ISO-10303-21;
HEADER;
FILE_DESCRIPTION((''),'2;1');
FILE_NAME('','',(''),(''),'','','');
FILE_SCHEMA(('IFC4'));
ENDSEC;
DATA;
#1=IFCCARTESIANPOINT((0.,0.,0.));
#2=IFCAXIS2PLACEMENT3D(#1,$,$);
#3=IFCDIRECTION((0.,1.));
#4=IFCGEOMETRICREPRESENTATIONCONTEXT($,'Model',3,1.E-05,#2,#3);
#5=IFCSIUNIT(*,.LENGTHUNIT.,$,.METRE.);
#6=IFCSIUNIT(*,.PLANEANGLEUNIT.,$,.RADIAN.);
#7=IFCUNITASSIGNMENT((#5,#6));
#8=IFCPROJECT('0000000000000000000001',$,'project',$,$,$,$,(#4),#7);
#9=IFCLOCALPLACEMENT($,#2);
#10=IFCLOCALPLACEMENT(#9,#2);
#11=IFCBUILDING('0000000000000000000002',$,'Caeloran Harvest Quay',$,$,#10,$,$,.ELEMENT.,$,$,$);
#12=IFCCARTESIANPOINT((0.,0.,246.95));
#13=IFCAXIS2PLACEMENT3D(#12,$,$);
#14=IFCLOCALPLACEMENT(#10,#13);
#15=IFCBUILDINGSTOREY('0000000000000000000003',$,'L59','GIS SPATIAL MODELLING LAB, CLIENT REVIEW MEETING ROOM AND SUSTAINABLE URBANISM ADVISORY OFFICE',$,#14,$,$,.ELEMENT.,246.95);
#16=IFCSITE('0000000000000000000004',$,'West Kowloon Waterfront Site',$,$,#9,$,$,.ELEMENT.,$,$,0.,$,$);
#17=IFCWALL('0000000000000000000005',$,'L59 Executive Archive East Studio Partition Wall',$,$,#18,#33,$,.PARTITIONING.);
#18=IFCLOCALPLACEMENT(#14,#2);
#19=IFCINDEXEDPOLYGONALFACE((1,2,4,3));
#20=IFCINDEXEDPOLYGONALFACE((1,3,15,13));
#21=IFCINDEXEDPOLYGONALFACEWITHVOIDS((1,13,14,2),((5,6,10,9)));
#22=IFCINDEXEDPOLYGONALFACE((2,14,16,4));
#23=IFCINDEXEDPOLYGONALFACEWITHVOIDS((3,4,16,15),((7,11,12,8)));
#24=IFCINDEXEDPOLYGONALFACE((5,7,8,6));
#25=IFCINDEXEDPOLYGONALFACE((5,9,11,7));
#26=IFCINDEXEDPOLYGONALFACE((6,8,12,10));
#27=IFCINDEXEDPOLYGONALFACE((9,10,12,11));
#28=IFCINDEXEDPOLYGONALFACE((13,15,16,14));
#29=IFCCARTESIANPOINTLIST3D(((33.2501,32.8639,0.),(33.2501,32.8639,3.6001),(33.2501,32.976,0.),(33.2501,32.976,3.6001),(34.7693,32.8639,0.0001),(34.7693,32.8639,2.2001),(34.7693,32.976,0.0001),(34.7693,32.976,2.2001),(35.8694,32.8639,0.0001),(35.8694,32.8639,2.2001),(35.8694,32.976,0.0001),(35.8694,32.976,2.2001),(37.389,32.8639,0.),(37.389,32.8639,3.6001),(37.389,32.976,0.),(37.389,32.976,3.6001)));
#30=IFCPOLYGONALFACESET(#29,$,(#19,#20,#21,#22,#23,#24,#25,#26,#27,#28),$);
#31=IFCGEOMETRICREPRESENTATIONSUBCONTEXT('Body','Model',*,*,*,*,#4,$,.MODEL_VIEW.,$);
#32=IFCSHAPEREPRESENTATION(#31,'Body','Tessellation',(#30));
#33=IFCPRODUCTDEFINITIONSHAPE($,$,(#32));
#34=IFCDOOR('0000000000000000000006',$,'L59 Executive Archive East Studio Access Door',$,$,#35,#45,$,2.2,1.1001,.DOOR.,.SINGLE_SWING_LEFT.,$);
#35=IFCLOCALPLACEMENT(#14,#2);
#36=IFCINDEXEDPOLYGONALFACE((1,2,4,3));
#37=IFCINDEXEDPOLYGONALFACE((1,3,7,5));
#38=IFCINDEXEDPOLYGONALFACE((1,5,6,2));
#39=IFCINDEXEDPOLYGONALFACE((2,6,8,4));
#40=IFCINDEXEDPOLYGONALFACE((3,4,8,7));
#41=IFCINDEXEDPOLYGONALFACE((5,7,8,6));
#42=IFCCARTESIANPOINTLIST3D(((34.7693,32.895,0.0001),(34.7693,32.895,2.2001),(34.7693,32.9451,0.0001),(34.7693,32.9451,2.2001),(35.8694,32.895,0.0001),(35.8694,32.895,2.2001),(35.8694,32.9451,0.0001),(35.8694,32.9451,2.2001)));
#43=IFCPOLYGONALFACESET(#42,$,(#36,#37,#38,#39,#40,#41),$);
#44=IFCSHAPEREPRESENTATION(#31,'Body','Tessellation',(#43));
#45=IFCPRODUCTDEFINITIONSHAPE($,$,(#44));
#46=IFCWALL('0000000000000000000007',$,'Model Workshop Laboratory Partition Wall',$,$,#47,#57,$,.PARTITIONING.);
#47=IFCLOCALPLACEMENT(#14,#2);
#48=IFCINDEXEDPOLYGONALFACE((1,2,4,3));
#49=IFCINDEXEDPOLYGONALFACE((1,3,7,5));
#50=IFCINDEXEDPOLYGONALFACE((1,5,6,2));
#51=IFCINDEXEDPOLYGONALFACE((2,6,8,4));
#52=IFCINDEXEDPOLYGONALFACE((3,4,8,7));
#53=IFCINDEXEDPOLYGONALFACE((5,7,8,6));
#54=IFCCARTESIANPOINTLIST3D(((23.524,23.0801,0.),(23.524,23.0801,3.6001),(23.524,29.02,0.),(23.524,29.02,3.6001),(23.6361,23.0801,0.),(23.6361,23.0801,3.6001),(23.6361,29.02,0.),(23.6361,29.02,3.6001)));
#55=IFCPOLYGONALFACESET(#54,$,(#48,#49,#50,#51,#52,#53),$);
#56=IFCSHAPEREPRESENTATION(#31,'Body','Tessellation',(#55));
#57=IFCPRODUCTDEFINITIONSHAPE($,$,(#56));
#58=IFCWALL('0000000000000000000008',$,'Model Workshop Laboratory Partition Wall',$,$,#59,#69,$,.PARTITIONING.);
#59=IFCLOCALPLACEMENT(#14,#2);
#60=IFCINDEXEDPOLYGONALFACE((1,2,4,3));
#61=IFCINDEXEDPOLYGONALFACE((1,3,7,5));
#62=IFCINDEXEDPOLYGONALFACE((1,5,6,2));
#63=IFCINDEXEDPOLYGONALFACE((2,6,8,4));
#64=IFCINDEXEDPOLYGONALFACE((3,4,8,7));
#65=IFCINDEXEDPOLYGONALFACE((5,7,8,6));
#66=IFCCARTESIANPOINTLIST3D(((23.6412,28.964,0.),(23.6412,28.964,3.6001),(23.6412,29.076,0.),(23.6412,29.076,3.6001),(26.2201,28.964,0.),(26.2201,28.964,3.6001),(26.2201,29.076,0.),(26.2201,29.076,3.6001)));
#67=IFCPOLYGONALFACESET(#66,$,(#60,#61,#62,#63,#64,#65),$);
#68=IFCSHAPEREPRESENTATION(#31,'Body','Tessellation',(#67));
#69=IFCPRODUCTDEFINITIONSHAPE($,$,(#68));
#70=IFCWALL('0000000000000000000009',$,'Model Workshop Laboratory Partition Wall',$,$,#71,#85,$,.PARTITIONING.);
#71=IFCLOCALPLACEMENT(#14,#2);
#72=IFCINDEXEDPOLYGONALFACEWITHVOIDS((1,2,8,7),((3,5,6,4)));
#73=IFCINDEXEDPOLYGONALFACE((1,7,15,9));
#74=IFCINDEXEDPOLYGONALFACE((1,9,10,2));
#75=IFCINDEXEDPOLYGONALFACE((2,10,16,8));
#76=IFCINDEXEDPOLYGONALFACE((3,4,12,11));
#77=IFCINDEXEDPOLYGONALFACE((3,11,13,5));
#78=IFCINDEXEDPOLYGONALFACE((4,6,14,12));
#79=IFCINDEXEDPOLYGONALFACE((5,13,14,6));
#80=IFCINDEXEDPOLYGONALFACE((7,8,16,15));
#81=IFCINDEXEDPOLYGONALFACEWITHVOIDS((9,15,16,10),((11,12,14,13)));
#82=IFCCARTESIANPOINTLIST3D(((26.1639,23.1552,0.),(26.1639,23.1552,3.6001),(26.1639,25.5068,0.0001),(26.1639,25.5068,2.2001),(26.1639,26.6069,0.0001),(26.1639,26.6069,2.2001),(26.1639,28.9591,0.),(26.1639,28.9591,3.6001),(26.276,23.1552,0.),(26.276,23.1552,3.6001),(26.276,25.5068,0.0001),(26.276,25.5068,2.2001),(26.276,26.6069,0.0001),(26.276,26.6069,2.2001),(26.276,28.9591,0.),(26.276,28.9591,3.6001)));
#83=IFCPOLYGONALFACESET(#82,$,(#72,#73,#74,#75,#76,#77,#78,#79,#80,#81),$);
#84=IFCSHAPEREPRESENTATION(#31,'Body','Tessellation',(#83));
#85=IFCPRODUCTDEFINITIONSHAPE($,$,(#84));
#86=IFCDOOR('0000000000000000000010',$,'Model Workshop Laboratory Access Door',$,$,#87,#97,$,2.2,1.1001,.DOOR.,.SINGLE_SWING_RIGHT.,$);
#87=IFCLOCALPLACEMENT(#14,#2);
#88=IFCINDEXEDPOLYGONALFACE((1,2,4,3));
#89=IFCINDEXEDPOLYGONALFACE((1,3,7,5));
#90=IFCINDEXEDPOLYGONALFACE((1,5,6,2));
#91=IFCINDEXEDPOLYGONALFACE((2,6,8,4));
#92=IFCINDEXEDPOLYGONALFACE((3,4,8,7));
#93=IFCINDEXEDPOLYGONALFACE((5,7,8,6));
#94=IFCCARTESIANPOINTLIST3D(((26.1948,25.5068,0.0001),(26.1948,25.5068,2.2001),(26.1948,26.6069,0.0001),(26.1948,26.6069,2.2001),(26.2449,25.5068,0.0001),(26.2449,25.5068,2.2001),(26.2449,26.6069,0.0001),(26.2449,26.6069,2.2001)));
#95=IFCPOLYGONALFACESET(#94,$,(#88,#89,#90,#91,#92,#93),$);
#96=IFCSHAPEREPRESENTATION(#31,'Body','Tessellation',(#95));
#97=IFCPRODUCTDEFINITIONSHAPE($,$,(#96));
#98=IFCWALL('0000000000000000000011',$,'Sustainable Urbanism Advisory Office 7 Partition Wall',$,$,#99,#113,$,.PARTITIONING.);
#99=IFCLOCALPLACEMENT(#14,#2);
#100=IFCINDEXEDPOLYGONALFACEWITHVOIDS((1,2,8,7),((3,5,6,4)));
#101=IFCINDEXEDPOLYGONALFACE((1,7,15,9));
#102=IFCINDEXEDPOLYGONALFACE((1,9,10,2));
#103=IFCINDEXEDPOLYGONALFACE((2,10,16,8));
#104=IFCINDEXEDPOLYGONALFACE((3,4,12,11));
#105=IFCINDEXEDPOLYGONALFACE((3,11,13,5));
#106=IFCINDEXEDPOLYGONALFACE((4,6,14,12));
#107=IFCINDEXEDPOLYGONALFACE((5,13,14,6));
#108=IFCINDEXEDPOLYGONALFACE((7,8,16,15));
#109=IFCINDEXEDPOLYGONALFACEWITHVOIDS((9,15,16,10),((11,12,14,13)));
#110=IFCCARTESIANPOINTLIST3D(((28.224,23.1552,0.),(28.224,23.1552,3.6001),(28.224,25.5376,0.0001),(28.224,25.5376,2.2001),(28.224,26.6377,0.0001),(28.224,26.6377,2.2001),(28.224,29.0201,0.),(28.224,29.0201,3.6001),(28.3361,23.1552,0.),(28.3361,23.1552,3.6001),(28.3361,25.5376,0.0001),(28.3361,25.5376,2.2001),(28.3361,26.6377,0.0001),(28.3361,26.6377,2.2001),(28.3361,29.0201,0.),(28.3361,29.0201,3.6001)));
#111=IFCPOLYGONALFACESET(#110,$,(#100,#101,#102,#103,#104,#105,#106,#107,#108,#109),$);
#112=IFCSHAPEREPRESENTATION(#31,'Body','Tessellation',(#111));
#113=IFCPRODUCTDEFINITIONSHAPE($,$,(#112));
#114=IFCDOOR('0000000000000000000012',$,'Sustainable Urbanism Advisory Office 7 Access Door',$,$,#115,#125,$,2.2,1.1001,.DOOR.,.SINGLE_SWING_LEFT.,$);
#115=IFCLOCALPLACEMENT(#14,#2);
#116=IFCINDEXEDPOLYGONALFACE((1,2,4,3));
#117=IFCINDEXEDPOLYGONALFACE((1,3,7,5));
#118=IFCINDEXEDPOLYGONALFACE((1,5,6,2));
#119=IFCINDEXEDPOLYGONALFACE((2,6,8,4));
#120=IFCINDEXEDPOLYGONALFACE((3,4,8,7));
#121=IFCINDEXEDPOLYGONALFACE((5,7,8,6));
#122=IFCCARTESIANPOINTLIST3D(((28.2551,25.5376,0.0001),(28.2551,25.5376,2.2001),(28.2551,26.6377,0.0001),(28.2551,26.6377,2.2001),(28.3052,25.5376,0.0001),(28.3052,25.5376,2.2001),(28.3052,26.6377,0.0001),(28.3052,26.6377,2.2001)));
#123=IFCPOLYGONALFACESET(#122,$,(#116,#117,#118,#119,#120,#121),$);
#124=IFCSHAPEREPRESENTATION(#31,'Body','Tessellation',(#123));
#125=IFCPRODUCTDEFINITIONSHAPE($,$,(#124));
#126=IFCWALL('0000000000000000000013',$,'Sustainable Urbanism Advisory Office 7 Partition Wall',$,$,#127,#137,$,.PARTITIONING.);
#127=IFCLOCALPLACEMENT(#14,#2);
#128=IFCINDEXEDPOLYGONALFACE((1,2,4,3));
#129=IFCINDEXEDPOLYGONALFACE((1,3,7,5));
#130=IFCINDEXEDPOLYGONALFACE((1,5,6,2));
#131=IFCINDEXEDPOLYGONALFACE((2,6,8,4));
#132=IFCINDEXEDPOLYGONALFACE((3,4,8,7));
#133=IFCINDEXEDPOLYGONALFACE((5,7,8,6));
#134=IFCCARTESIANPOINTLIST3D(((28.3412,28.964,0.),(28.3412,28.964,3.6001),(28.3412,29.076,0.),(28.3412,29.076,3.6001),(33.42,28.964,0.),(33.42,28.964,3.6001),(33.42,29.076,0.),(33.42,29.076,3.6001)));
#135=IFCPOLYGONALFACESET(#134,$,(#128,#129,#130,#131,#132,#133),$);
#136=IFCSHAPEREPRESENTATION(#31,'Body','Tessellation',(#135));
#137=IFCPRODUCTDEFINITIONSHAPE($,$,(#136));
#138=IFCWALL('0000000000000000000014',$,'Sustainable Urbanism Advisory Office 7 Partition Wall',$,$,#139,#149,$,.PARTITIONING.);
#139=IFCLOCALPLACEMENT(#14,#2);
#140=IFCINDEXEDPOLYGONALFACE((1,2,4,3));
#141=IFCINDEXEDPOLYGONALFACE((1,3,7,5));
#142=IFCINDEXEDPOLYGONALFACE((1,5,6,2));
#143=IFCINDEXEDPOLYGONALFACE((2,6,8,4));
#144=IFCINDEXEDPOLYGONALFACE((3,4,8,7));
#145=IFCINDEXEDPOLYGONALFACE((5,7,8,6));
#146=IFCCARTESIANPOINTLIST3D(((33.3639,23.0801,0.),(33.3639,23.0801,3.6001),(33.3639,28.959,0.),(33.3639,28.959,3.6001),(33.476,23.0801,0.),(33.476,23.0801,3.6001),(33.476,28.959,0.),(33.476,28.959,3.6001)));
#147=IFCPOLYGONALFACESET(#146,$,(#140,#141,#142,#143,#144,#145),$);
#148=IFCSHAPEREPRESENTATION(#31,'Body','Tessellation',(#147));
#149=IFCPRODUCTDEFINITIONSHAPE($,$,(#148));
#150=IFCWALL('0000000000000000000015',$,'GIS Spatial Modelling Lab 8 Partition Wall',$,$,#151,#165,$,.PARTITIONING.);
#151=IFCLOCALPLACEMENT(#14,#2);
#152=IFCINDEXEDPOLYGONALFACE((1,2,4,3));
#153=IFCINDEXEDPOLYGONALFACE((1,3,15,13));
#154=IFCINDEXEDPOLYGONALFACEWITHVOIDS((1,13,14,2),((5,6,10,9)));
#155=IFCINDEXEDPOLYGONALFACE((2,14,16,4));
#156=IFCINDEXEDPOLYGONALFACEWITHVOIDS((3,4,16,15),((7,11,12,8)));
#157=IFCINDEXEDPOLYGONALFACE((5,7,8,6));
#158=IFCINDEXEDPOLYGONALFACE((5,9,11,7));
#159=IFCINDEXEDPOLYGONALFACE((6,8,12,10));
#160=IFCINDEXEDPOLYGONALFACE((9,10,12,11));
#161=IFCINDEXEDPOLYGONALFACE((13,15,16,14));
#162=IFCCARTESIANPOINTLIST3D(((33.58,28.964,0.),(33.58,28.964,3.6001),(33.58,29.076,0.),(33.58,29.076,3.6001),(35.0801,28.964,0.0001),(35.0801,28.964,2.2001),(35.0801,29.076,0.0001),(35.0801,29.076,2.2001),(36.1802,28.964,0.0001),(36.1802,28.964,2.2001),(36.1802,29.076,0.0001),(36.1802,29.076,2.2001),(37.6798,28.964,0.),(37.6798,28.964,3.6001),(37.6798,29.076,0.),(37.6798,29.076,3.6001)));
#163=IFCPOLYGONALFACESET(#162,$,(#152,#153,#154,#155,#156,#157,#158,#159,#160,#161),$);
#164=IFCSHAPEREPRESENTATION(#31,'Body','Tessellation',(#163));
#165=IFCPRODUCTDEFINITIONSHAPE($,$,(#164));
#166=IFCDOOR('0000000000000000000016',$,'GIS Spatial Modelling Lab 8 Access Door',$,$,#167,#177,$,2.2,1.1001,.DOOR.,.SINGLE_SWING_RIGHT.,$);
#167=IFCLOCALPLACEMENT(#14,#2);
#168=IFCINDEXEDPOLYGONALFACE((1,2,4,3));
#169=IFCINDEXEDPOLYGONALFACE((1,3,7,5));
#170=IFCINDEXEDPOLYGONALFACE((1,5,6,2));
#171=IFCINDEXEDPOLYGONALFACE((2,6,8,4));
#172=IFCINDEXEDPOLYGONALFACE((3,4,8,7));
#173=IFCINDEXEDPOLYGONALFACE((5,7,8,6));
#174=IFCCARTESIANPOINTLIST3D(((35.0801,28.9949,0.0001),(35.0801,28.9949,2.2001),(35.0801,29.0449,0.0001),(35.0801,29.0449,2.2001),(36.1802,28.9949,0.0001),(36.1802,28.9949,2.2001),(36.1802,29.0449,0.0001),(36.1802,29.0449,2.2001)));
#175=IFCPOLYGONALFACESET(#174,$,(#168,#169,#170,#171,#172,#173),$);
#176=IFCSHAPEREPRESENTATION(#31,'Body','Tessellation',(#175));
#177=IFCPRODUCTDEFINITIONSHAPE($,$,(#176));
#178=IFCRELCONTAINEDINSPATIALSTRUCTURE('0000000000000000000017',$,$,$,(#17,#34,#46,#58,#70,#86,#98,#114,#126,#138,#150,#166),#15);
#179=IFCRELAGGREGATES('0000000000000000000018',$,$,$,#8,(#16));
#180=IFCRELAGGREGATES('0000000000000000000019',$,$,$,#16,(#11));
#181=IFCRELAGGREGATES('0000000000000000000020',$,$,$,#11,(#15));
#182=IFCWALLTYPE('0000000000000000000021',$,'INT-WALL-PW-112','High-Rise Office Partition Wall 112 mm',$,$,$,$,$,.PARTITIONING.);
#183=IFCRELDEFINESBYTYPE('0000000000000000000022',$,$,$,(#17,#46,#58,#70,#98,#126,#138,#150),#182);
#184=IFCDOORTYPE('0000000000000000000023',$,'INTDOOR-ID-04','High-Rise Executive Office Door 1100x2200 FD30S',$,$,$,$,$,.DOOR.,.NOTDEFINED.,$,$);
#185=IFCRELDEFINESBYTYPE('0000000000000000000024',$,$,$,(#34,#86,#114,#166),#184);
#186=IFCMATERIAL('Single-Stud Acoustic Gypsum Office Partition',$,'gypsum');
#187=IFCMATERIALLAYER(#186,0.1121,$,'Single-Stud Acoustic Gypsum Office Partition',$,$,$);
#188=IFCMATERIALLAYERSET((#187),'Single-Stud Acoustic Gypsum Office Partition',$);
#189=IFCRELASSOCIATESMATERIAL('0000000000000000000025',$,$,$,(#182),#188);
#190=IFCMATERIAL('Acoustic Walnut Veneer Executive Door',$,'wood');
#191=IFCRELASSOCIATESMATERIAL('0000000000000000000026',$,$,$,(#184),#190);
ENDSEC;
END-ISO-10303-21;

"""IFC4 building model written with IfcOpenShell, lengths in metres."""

from ifc_helpers import new_model, si_unit, direction, frame, frame_2d, origin, place, context, subcontext, project, spatial, rectangle, extrude, material, layer, layer_set, type_object, element, fill, save


model = new_model("IFC4")

# Units and contexts
model_context = context("Model", 3, precision=1e-05, world=origin(), true_north=direction((0.0, 1.0)))
body_context = subcontext(model_context, "Body", "Model", "MODEL_VIEW")
ifc_project = project(units=[si_unit("LENGTHUNIT", "METRE"), si_unit("PLANEANGLEUNIT", "RADIAN")], contexts=[model_context])

# Site, building, storey
site_placement = place(None, origin())
site = spatial("IfcSite", under=ifc_project, at=site_placement, Name="West Kowloon Waterfront Site", CompositionType="ELEMENT", RefElevation=0.0)
building_placement = place(site_placement, origin())
building = spatial("IfcBuilding", under=site, at=building_placement, Name="Caeloran Harvest Quay", CompositionType="ELEMENT")
storey_placement = place(building_placement, frame((0.0, 0.0, 246.95)))
storey = spatial("IfcBuildingStorey", under=building, at=storey_placement, Name="L59", Description="GIS SPATIAL MODELLING LAB, CLIENT REVIEW MEETING ROOM AND SUSTAINABLE URBANISM ADVISORY OFFICE", CompositionType="ELEMENT", Elevation=246.95)

# Shared definitions
ifc_material_1 = material(Name="Single-Stud Acoustic Gypsum Office Partition", Category="gypsum")
ifc_layer_1 = layer(ifc_material_1, 0.1121, Name="Single-Stud Acoustic Gypsum Office Partition")
ifc_layer_set_1 = layer_set([ifc_layer_1], Name="Single-Stud Acoustic Gypsum Office Partition")
wall_type_1 = type_object("IfcWallType", Name="INT-WALL-PW-112", Description="High-Rise Office Partition Wall 112 mm", PredefinedType="PARTITIONING", material=ifc_layer_set_1)
ifc_material_2 = material(Name="Acoustic Walnut Veneer Executive Door", Category="wood")
door_type_1 = type_object("IfcDoorType", Name="INTDOOR-ID-04", Description="High-Rise Executive Office Door 1100x2200 FD30S", OperationType="NOTDEFINED", PredefinedType="DOOR", material=ifc_material_2)

# Wall, opening, door
wall_1_placement = place(storey_placement, frame((37.3889, 32.9199, 0.0), z_axis=(0.0, 0.0, 1.0), x_axis=(-1.0, 0.0, 0.0)))
wall_1 = element("IfcWall", 1, at=wall_1_placement, inside=storey, type_object=wall_type_1, Name="L59 Executive Archive East Studio Partition Wall", PredefinedType="PARTITIONING", context=body_context, shape_type="SweptSolid", body=[
    extrude(rectangle(XDim=4.1389, YDim=0.1121, at=frame_2d((2.0693, 0.0))), origin(), (0.0, 0.0, 1.0), 3.6001),
])
opening_1_placement = place(wall_1_placement, frame((1.5195, 0.0, 0.0)))
opening_1 = element("IfcOpeningElement", 2, at=opening_1_placement, cuts=wall_1, PredefinedType="OPENING", context=body_context, shape_type="SweptSolid", body=[
    extrude(rectangle(XDim=1.1001, YDim=2.2, at=frame_2d((0.55, 1.1001))), frame((0.0, 0.0659, 0.0), z_axis=(0.0, -1.0, 0.0), x_axis=(1.0, 0.0, 0.0)), (0.0, 0.0, 1.0), 0.1321),
])
door_1_placement = place(opening_1_placement, origin())
door_1 = element("IfcDoor", 3, at=door_1_placement, inside=storey, type_object=door_type_1, Name="L59 Executive Archive East Studio Access Door", OperationType="SINGLE_SWING_LEFT", OverallHeight=2.2, OverallWidth=1.1001, PredefinedType="DOOR", context=body_context, shape_type="SweptSolid", body=[
    extrude(rectangle(XDim=1.1001, YDim=2.2, at=frame_2d((0.55, 1.1001))), frame((0.0, 0.0249, 0.0), z_axis=(0.0, -1.0, 0.0), x_axis=(1.0, 0.0, 0.0)), (0.0, 0.0, 1.0), 0.05),
])
fill(opening_1, door_1)

# Walls
wall_2_placement = place(storey_placement, frame((23.5801, 23.0801, 0.0), z_axis=(0.0, 0.0, 1.0), x_axis=(0.0, 1.0, 0.0)))
element("IfcWall", 4, at=wall_2_placement, inside=storey, type_object=wall_type_1, Name="Model Workshop Laboratory Partition Wall", PredefinedType="PARTITIONING", context=body_context, shape_type="SweptSolid", body=[
    extrude(rectangle(XDim=5.9399, YDim=0.1121, at=frame_2d((2.97, 0.0))), origin(), (0.0, 0.0, 1.0), 3.6001),
])
wall_3_placement = place(storey_placement, frame((23.6411, 29.02, 0.0), z_axis=(0.0, 0.0, 1.0), x_axis=(1.0, 0.0, 0.0)))
element("IfcWall", 5, at=wall_3_placement, inside=storey, type_object=wall_type_1, Name="Model Workshop Laboratory Partition Wall", PredefinedType="PARTITIONING", context=body_context, shape_type="SweptSolid", body=[
    extrude(rectangle(XDim=2.5789, YDim=0.1121, at=frame_2d((1.2896, 0.0))), origin(), (0.0, 0.0, 1.0), 3.6001),
])

# Walls, openings, doors
wall_4_placement = place(storey_placement, frame((26.22, 28.959, 0.0), z_axis=(0.0, 0.0, 1.0), x_axis=(0.0, -1.0, 0.0)))
wall_4 = element("IfcWall", 6, at=wall_4_placement, inside=storey, type_object=wall_type_1, Name="Model Workshop Laboratory Partition Wall", PredefinedType="PARTITIONING", context=body_context, shape_type="SweptSolid", body=[
    extrude(rectangle(XDim=5.804, YDim=0.1121, at=frame_2d((2.9019, 0.0))), origin(), (0.0, 0.0, 1.0), 3.6001),
])
opening_2_placement = place(wall_4_placement, frame((2.3521, 0.0, 0.0)))
opening_2 = element("IfcOpeningElement", 7, at=opening_2_placement, cuts=wall_4, PredefinedType="OPENING", context=body_context, shape_type="SweptSolid", body=[
    extrude(rectangle(XDim=1.1001, YDim=2.2, at=frame_2d((0.55, 1.1001))), frame((0.0, 0.0659, 0.0), z_axis=(0.0, -1.0, 0.0), x_axis=(1.0, 0.0, 0.0)), (0.0, 0.0, 1.0), 0.1321),
])
door_2_placement = place(opening_2_placement, origin())
door_2 = element("IfcDoor", 8, at=door_2_placement, inside=storey, type_object=door_type_1, Name="Model Workshop Laboratory Access Door", OperationType="SINGLE_SWING_RIGHT", OverallHeight=2.2, OverallWidth=1.1001, PredefinedType="DOOR", context=body_context, shape_type="SweptSolid", body=[
    extrude(rectangle(XDim=1.1001, YDim=2.2, at=frame_2d((0.55, 1.1001))), frame((0.0, 0.0249, 0.0), z_axis=(0.0, -1.0, 0.0), x_axis=(1.0, 0.0, 0.0)), (0.0, 0.0, 1.0), 0.05),
])
fill(opening_2, door_2)
wall_5_placement = place(storey_placement, frame((28.28, 23.155, 0.0), z_axis=(0.0, 0.0, 1.0), x_axis=(0.0, 1.0, 0.0)))
wall_5 = element("IfcWall", 9, at=wall_5_placement, inside=storey, type_object=wall_type_1, Name="Sustainable Urbanism Advisory Office 7 Partition Wall", PredefinedType="PARTITIONING", context=body_context, shape_type="SweptSolid", body=[
    extrude(rectangle(XDim=5.865, YDim=0.1121, at=frame_2d((2.9326, 0.0))), origin(), (0.0, 0.0, 1.0), 3.6001),
])
opening_3_placement = place(wall_5_placement, frame((2.3826, 0.0, 0.0)))
opening_3 = element("IfcOpeningElement", 10, at=opening_3_placement, cuts=wall_5, PredefinedType="OPENING", context=body_context, shape_type="SweptSolid", body=[
    extrude(rectangle(XDim=1.1001, YDim=2.2, at=frame_2d((0.55, 1.1001))), frame((0.0, 0.0659, 0.0), z_axis=(0.0, -1.0, 0.0), x_axis=(1.0, 0.0, 0.0)), (0.0, 0.0, 1.0), 0.1321),
])
door_3_placement = place(opening_3_placement, origin())
door_3 = element("IfcDoor", 11, at=door_3_placement, inside=storey, type_object=door_type_1, Name="Sustainable Urbanism Advisory Office 7 Access Door", OperationType="SINGLE_SWING_LEFT", OverallHeight=2.2, OverallWidth=1.1001, PredefinedType="DOOR", context=body_context, shape_type="SweptSolid", body=[
    extrude(rectangle(XDim=1.1001, YDim=2.2, at=frame_2d((0.55, 1.1001))), frame((0.0, 0.0249, 0.0), z_axis=(0.0, -1.0, 0.0), x_axis=(1.0, 0.0, 0.0)), (0.0, 0.0, 1.0), 0.05),
])
fill(opening_3, door_3)

# Walls
wall_6_placement = place(storey_placement, frame((28.3411, 29.02, 0.0), z_axis=(0.0, 0.0, 1.0), x_axis=(1.0, 0.0, 0.0)))
element("IfcWall", 12, at=wall_6_placement, inside=storey, type_object=wall_type_1, Name="Sustainable Urbanism Advisory Office 7 Partition Wall", PredefinedType="PARTITIONING", context=body_context, shape_type="SweptSolid", body=[
    extrude(rectangle(XDim=5.0789, YDim=0.1121, at=frame_2d((2.5396, 0.0))), origin(), (0.0, 0.0, 1.0), 3.6001),
])
wall_7_placement = place(storey_placement, frame((33.4199, 28.959, 0.0), z_axis=(0.0, 0.0, 1.0), x_axis=(0.0, -1.0, 0.0)))
element("IfcWall", 13, at=wall_7_placement, inside=storey, type_object=wall_type_1, Name="Sustainable Urbanism Advisory Office 7 Partition Wall", PredefinedType="PARTITIONING", context=body_context, shape_type="SweptSolid", body=[
    extrude(rectangle(XDim=5.8789, YDim=0.1121, at=frame_2d((2.9395, 0.0))), origin(), (0.0, 0.0, 1.0), 3.6001),
])

# Wall, opening, door
wall_8_placement = place(storey_placement, frame((33.5801, 29.02, 0.0), z_axis=(0.0, 0.0, 1.0), x_axis=(1.0, 0.0, 0.0)))
wall_8 = element("IfcWall", 14, at=wall_8_placement, inside=storey, type_object=wall_type_1, Name="GIS Spatial Modelling Lab 8 Partition Wall", PredefinedType="PARTITIONING", context=body_context, shape_type="SweptSolid", body=[
    extrude(rectangle(XDim=4.0999, YDim=0.1121, at=frame_2d((2.0498, 0.0))), origin(), (0.0, 0.0, 1.0), 3.6001),
])
opening_4_placement = place(wall_8_placement, frame((1.5, 0.0, 0.0)))
opening_4 = element("IfcOpeningElement", 15, at=opening_4_placement, cuts=wall_8, PredefinedType="OPENING", context=body_context, shape_type="SweptSolid", body=[
    extrude(rectangle(XDim=1.1001, YDim=2.2, at=frame_2d((0.55, 1.1001))), frame((0.0, 0.0659, 0.0), z_axis=(0.0, -1.0, 0.0), x_axis=(1.0, 0.0, 0.0)), (0.0, 0.0, 1.0), 0.1321),
])
door_4_placement = place(opening_4_placement, origin())
door_4 = element("IfcDoor", 16, at=door_4_placement, inside=storey, type_object=door_type_1, Name="GIS Spatial Modelling Lab 8 Access Door", OperationType="SINGLE_SWING_RIGHT", OverallHeight=2.2, OverallWidth=1.1001, PredefinedType="DOOR", context=body_context, shape_type="SweptSolid", body=[
    extrude(rectangle(XDim=1.1001, YDim=2.2, at=frame_2d((0.55, 1.1001))), frame((0.0, 0.0249, 0.0), z_axis=(0.0, -1.0, 0.0), x_axis=(1.0, 0.0, 0.0)), (0.0, 0.0, 1.0), 0.05),
])
fill(opening_4, door_4)

save(model, "model.ifc")
